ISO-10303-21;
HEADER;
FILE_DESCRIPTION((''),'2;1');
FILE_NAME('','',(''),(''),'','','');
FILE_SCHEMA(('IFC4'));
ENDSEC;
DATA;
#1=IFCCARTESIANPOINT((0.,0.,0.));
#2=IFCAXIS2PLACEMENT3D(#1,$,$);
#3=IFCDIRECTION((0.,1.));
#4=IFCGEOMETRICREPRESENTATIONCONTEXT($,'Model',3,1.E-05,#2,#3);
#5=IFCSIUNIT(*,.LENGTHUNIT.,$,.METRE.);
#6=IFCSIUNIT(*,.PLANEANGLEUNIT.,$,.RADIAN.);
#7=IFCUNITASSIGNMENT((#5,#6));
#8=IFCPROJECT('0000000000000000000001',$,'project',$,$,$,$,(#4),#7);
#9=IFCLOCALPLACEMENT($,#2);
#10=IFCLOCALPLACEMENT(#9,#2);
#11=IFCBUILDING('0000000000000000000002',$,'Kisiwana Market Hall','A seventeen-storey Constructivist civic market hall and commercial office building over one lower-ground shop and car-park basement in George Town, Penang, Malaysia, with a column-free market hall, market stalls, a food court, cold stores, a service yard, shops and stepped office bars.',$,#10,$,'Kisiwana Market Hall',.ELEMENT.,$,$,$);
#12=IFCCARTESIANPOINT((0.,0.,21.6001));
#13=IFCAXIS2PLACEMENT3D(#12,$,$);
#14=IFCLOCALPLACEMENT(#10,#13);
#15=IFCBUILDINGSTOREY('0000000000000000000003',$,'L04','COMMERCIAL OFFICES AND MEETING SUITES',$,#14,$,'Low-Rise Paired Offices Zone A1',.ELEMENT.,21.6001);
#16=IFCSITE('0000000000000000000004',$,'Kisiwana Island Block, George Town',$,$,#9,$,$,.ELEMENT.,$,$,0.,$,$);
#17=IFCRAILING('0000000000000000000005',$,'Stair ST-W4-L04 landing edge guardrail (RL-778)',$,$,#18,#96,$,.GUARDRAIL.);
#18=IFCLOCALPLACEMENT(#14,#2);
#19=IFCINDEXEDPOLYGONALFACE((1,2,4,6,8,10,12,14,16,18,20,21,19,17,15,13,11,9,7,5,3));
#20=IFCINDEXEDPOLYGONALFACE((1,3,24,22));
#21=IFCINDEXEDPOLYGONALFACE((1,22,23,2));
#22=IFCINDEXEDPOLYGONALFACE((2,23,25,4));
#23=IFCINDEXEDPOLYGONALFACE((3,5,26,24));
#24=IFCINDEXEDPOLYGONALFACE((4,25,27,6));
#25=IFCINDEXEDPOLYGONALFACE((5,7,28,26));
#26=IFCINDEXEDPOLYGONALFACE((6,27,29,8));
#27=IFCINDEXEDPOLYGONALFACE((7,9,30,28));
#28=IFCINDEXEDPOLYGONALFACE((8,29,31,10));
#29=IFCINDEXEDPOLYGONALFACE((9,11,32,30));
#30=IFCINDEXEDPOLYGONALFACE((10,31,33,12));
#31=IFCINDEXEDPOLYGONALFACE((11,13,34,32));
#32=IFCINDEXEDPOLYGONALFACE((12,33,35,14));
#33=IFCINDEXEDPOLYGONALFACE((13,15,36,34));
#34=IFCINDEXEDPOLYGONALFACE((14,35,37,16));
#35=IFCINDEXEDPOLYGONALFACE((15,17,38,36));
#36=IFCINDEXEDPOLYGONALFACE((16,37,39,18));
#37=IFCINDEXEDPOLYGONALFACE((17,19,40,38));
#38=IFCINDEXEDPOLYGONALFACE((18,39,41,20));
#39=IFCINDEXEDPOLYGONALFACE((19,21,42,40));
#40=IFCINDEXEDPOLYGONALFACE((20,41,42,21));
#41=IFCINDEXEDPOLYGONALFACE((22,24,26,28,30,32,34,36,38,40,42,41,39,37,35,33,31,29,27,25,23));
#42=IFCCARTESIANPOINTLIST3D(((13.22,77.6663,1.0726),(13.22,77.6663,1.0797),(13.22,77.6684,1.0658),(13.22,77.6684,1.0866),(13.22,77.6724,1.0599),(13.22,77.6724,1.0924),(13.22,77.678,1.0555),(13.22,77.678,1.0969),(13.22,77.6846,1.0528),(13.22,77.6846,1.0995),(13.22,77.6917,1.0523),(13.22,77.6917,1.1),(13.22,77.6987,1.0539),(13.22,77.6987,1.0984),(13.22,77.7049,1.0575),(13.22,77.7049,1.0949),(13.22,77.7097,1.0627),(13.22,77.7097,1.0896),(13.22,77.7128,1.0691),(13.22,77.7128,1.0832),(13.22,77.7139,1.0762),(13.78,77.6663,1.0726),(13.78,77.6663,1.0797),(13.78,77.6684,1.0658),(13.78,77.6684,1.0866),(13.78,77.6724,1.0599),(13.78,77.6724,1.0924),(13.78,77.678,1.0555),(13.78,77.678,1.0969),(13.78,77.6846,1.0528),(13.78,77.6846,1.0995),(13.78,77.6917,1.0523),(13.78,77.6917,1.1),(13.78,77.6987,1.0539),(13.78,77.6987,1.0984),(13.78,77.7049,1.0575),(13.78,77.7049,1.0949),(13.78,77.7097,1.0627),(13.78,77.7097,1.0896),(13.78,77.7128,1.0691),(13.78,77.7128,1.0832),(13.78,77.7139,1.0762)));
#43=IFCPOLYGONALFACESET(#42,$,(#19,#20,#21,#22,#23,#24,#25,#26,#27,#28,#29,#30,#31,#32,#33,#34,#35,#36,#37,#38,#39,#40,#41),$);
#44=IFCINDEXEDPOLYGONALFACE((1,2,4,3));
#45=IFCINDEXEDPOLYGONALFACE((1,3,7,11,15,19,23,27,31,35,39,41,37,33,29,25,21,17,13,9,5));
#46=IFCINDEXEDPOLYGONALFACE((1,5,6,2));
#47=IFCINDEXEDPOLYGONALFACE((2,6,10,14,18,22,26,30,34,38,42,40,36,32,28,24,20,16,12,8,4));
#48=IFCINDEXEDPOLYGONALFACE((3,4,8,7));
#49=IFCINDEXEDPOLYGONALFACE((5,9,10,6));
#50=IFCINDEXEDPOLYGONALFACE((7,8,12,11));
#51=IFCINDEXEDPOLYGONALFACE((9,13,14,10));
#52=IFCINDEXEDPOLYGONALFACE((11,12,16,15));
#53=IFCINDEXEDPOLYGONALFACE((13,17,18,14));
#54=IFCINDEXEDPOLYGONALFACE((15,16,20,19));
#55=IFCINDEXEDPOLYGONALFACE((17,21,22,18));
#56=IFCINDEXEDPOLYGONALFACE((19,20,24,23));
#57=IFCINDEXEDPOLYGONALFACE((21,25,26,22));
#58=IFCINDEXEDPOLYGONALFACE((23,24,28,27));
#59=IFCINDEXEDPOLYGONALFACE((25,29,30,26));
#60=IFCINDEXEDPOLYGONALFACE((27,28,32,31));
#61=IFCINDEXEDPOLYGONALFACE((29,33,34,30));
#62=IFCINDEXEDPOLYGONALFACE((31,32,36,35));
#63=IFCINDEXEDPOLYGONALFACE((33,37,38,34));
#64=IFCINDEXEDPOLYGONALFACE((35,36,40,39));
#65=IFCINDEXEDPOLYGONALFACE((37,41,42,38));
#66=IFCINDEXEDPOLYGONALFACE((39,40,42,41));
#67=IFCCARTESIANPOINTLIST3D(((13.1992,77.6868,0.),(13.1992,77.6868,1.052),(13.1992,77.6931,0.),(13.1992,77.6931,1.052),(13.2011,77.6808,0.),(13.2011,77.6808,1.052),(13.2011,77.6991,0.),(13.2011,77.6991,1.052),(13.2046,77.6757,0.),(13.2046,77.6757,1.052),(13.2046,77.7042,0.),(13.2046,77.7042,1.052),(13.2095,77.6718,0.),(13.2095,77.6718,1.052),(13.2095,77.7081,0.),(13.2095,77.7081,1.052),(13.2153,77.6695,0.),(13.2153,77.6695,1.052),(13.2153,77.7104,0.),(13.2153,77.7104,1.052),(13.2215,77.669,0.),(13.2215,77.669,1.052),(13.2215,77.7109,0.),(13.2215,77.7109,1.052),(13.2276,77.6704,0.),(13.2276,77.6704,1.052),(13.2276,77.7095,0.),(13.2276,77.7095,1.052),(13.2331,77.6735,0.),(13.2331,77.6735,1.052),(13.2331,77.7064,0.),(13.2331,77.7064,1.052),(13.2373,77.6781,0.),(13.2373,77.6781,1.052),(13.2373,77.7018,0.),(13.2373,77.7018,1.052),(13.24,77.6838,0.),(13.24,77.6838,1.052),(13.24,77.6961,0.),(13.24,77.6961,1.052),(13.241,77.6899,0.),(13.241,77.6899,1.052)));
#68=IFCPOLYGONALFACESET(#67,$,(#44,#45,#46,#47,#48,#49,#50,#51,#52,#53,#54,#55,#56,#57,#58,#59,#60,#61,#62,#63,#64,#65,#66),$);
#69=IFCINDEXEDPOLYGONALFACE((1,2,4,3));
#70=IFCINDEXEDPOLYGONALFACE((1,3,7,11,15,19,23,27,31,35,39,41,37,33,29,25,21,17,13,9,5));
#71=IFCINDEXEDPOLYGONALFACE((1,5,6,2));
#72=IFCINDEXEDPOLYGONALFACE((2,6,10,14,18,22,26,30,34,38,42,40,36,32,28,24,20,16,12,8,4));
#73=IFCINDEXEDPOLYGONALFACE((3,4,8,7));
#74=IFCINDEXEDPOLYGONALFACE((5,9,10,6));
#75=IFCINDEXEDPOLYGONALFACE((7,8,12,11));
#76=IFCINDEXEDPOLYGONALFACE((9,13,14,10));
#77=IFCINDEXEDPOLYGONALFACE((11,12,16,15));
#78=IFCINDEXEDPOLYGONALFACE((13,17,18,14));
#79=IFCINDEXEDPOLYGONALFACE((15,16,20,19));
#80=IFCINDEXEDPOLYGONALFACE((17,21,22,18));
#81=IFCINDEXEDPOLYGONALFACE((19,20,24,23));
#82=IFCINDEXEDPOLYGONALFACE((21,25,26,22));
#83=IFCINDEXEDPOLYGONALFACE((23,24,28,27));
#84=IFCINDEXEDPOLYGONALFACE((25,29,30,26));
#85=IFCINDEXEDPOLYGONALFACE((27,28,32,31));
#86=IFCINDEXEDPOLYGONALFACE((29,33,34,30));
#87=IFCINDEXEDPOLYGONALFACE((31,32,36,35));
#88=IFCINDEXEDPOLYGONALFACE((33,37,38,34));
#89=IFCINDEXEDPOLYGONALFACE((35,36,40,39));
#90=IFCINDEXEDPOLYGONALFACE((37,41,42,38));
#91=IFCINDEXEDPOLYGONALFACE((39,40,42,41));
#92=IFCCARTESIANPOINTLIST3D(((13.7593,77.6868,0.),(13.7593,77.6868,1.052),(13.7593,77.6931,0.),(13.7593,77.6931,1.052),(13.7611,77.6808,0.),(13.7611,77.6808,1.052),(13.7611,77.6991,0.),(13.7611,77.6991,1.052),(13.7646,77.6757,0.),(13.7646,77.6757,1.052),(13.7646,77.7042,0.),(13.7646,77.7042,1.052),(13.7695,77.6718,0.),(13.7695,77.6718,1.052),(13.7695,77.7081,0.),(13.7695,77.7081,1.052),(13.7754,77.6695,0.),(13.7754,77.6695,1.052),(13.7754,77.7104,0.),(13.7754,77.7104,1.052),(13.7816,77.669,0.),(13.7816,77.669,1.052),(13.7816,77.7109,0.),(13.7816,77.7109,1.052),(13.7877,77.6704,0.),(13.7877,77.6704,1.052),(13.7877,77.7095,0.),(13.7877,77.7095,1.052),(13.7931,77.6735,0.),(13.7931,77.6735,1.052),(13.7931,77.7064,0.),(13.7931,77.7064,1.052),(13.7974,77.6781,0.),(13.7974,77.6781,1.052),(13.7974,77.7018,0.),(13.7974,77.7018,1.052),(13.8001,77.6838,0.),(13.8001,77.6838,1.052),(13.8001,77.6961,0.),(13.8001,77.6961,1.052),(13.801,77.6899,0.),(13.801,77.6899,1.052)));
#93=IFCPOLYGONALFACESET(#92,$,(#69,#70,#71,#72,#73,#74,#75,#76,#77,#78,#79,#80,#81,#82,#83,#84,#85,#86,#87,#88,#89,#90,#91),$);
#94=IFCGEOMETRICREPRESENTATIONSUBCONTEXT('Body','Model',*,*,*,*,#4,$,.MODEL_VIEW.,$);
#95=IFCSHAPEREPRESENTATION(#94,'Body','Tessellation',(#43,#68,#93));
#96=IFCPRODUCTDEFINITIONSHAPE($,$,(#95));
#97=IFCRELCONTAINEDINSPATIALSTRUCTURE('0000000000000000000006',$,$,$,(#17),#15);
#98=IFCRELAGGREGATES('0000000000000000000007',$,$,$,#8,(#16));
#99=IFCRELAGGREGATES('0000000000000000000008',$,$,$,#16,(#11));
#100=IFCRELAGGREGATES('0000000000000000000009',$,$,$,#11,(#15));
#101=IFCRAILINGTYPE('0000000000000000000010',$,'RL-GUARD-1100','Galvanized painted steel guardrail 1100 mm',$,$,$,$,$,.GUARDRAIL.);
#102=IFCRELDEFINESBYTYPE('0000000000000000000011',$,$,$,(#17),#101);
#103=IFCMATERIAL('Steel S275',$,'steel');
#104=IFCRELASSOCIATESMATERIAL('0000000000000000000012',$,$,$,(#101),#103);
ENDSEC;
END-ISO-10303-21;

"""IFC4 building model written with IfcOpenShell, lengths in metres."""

from ifc_helpers import new_model, si_unit, direction, frame, origin, origin_2d, place, context, subcontext, project, spatial, circle, extrude, material, type_object, element, save


model = new_model("IFC4")

# Units and contexts
model_context = context("Model", 3, precision=1e-05, world=origin(), true_north=direction((0.0, 1.0)))
body_context = subcontext(model_context, "Body", "Model", "MODEL_VIEW")
ifc_project = project(units=[si_unit("LENGTHUNIT", "METRE"), si_unit("PLANEANGLEUNIT", "RADIAN")], contexts=[model_context])

# Site, building, storey
site_placement = place(None, origin())
site = spatial("IfcSite", under=ifc_project, at=site_placement, Name="Kisiwana Island Block, George Town", CompositionType="ELEMENT", RefElevation=0.0)
building_placement = place(site_placement, origin())
building = spatial("IfcBuilding", under=site, at=building_placement, Name="Kisiwana Market Hall", Description="A seventeen-storey Constructivist civic market hall and commercial office building over one lower-ground shop and car-park basement in George Town, Penang, Malaysia, with a column-free market hall, market stalls, a food court, cold stores, a service yard, shops and stepped office bars.", LongName="Kisiwana Market Hall", CompositionType="ELEMENT")
storey_placement = place(building_placement, frame((0.0, 0.0, 21.6001)))
storey = spatial("IfcBuildingStorey", under=building, at=storey_placement, Name="L04", Description="COMMERCIAL OFFICES AND MEETING SUITES", LongName="Low-Rise Paired Offices Zone A1", CompositionType="ELEMENT", Elevation=21.6001)

# Railing
ifc_material_1 = material(Name="Steel S275", Category="steel")
railing_type_1 = type_object("IfcRailingType", Name="RL-GUARD-1100", Description="Galvanized painted steel guardrail 1100 mm", PredefinedType="GUARDRAIL", material=ifc_material_1)
railing_1_placement = place(storey_placement, frame((13.22, 77.6899, 0.0)))
element("IfcRailing", 1, at=railing_1_placement, inside=storey, type_object=railing_type_1, Name="Stair ST-W4-L04 landing edge guardrail (RL-778)", PredefinedType="GUARDRAIL", context=body_context, shape_type="SweptSolid", body=[
    extrude(circle(Radius=0.0239, at=origin_2d()), frame((0.0, 0.0, 1.0762), z_axis=(1.0, 0.0, 0.0), x_axis=(0.0, 1.0, 0.0)), (0.0, 0.0, 1.0), 0.5601),
    extrude(circle(Radius=0.021, at=origin_2d()), origin(), (0.0, 0.0, 1.0), 1.052),
    extrude(circle(Radius=0.021, at=origin_2d()), frame((0.5601, 0.0, 0.0)), (0.0, 0.0, 1.0), 1.052),
])

save(model, "model.ifc")
